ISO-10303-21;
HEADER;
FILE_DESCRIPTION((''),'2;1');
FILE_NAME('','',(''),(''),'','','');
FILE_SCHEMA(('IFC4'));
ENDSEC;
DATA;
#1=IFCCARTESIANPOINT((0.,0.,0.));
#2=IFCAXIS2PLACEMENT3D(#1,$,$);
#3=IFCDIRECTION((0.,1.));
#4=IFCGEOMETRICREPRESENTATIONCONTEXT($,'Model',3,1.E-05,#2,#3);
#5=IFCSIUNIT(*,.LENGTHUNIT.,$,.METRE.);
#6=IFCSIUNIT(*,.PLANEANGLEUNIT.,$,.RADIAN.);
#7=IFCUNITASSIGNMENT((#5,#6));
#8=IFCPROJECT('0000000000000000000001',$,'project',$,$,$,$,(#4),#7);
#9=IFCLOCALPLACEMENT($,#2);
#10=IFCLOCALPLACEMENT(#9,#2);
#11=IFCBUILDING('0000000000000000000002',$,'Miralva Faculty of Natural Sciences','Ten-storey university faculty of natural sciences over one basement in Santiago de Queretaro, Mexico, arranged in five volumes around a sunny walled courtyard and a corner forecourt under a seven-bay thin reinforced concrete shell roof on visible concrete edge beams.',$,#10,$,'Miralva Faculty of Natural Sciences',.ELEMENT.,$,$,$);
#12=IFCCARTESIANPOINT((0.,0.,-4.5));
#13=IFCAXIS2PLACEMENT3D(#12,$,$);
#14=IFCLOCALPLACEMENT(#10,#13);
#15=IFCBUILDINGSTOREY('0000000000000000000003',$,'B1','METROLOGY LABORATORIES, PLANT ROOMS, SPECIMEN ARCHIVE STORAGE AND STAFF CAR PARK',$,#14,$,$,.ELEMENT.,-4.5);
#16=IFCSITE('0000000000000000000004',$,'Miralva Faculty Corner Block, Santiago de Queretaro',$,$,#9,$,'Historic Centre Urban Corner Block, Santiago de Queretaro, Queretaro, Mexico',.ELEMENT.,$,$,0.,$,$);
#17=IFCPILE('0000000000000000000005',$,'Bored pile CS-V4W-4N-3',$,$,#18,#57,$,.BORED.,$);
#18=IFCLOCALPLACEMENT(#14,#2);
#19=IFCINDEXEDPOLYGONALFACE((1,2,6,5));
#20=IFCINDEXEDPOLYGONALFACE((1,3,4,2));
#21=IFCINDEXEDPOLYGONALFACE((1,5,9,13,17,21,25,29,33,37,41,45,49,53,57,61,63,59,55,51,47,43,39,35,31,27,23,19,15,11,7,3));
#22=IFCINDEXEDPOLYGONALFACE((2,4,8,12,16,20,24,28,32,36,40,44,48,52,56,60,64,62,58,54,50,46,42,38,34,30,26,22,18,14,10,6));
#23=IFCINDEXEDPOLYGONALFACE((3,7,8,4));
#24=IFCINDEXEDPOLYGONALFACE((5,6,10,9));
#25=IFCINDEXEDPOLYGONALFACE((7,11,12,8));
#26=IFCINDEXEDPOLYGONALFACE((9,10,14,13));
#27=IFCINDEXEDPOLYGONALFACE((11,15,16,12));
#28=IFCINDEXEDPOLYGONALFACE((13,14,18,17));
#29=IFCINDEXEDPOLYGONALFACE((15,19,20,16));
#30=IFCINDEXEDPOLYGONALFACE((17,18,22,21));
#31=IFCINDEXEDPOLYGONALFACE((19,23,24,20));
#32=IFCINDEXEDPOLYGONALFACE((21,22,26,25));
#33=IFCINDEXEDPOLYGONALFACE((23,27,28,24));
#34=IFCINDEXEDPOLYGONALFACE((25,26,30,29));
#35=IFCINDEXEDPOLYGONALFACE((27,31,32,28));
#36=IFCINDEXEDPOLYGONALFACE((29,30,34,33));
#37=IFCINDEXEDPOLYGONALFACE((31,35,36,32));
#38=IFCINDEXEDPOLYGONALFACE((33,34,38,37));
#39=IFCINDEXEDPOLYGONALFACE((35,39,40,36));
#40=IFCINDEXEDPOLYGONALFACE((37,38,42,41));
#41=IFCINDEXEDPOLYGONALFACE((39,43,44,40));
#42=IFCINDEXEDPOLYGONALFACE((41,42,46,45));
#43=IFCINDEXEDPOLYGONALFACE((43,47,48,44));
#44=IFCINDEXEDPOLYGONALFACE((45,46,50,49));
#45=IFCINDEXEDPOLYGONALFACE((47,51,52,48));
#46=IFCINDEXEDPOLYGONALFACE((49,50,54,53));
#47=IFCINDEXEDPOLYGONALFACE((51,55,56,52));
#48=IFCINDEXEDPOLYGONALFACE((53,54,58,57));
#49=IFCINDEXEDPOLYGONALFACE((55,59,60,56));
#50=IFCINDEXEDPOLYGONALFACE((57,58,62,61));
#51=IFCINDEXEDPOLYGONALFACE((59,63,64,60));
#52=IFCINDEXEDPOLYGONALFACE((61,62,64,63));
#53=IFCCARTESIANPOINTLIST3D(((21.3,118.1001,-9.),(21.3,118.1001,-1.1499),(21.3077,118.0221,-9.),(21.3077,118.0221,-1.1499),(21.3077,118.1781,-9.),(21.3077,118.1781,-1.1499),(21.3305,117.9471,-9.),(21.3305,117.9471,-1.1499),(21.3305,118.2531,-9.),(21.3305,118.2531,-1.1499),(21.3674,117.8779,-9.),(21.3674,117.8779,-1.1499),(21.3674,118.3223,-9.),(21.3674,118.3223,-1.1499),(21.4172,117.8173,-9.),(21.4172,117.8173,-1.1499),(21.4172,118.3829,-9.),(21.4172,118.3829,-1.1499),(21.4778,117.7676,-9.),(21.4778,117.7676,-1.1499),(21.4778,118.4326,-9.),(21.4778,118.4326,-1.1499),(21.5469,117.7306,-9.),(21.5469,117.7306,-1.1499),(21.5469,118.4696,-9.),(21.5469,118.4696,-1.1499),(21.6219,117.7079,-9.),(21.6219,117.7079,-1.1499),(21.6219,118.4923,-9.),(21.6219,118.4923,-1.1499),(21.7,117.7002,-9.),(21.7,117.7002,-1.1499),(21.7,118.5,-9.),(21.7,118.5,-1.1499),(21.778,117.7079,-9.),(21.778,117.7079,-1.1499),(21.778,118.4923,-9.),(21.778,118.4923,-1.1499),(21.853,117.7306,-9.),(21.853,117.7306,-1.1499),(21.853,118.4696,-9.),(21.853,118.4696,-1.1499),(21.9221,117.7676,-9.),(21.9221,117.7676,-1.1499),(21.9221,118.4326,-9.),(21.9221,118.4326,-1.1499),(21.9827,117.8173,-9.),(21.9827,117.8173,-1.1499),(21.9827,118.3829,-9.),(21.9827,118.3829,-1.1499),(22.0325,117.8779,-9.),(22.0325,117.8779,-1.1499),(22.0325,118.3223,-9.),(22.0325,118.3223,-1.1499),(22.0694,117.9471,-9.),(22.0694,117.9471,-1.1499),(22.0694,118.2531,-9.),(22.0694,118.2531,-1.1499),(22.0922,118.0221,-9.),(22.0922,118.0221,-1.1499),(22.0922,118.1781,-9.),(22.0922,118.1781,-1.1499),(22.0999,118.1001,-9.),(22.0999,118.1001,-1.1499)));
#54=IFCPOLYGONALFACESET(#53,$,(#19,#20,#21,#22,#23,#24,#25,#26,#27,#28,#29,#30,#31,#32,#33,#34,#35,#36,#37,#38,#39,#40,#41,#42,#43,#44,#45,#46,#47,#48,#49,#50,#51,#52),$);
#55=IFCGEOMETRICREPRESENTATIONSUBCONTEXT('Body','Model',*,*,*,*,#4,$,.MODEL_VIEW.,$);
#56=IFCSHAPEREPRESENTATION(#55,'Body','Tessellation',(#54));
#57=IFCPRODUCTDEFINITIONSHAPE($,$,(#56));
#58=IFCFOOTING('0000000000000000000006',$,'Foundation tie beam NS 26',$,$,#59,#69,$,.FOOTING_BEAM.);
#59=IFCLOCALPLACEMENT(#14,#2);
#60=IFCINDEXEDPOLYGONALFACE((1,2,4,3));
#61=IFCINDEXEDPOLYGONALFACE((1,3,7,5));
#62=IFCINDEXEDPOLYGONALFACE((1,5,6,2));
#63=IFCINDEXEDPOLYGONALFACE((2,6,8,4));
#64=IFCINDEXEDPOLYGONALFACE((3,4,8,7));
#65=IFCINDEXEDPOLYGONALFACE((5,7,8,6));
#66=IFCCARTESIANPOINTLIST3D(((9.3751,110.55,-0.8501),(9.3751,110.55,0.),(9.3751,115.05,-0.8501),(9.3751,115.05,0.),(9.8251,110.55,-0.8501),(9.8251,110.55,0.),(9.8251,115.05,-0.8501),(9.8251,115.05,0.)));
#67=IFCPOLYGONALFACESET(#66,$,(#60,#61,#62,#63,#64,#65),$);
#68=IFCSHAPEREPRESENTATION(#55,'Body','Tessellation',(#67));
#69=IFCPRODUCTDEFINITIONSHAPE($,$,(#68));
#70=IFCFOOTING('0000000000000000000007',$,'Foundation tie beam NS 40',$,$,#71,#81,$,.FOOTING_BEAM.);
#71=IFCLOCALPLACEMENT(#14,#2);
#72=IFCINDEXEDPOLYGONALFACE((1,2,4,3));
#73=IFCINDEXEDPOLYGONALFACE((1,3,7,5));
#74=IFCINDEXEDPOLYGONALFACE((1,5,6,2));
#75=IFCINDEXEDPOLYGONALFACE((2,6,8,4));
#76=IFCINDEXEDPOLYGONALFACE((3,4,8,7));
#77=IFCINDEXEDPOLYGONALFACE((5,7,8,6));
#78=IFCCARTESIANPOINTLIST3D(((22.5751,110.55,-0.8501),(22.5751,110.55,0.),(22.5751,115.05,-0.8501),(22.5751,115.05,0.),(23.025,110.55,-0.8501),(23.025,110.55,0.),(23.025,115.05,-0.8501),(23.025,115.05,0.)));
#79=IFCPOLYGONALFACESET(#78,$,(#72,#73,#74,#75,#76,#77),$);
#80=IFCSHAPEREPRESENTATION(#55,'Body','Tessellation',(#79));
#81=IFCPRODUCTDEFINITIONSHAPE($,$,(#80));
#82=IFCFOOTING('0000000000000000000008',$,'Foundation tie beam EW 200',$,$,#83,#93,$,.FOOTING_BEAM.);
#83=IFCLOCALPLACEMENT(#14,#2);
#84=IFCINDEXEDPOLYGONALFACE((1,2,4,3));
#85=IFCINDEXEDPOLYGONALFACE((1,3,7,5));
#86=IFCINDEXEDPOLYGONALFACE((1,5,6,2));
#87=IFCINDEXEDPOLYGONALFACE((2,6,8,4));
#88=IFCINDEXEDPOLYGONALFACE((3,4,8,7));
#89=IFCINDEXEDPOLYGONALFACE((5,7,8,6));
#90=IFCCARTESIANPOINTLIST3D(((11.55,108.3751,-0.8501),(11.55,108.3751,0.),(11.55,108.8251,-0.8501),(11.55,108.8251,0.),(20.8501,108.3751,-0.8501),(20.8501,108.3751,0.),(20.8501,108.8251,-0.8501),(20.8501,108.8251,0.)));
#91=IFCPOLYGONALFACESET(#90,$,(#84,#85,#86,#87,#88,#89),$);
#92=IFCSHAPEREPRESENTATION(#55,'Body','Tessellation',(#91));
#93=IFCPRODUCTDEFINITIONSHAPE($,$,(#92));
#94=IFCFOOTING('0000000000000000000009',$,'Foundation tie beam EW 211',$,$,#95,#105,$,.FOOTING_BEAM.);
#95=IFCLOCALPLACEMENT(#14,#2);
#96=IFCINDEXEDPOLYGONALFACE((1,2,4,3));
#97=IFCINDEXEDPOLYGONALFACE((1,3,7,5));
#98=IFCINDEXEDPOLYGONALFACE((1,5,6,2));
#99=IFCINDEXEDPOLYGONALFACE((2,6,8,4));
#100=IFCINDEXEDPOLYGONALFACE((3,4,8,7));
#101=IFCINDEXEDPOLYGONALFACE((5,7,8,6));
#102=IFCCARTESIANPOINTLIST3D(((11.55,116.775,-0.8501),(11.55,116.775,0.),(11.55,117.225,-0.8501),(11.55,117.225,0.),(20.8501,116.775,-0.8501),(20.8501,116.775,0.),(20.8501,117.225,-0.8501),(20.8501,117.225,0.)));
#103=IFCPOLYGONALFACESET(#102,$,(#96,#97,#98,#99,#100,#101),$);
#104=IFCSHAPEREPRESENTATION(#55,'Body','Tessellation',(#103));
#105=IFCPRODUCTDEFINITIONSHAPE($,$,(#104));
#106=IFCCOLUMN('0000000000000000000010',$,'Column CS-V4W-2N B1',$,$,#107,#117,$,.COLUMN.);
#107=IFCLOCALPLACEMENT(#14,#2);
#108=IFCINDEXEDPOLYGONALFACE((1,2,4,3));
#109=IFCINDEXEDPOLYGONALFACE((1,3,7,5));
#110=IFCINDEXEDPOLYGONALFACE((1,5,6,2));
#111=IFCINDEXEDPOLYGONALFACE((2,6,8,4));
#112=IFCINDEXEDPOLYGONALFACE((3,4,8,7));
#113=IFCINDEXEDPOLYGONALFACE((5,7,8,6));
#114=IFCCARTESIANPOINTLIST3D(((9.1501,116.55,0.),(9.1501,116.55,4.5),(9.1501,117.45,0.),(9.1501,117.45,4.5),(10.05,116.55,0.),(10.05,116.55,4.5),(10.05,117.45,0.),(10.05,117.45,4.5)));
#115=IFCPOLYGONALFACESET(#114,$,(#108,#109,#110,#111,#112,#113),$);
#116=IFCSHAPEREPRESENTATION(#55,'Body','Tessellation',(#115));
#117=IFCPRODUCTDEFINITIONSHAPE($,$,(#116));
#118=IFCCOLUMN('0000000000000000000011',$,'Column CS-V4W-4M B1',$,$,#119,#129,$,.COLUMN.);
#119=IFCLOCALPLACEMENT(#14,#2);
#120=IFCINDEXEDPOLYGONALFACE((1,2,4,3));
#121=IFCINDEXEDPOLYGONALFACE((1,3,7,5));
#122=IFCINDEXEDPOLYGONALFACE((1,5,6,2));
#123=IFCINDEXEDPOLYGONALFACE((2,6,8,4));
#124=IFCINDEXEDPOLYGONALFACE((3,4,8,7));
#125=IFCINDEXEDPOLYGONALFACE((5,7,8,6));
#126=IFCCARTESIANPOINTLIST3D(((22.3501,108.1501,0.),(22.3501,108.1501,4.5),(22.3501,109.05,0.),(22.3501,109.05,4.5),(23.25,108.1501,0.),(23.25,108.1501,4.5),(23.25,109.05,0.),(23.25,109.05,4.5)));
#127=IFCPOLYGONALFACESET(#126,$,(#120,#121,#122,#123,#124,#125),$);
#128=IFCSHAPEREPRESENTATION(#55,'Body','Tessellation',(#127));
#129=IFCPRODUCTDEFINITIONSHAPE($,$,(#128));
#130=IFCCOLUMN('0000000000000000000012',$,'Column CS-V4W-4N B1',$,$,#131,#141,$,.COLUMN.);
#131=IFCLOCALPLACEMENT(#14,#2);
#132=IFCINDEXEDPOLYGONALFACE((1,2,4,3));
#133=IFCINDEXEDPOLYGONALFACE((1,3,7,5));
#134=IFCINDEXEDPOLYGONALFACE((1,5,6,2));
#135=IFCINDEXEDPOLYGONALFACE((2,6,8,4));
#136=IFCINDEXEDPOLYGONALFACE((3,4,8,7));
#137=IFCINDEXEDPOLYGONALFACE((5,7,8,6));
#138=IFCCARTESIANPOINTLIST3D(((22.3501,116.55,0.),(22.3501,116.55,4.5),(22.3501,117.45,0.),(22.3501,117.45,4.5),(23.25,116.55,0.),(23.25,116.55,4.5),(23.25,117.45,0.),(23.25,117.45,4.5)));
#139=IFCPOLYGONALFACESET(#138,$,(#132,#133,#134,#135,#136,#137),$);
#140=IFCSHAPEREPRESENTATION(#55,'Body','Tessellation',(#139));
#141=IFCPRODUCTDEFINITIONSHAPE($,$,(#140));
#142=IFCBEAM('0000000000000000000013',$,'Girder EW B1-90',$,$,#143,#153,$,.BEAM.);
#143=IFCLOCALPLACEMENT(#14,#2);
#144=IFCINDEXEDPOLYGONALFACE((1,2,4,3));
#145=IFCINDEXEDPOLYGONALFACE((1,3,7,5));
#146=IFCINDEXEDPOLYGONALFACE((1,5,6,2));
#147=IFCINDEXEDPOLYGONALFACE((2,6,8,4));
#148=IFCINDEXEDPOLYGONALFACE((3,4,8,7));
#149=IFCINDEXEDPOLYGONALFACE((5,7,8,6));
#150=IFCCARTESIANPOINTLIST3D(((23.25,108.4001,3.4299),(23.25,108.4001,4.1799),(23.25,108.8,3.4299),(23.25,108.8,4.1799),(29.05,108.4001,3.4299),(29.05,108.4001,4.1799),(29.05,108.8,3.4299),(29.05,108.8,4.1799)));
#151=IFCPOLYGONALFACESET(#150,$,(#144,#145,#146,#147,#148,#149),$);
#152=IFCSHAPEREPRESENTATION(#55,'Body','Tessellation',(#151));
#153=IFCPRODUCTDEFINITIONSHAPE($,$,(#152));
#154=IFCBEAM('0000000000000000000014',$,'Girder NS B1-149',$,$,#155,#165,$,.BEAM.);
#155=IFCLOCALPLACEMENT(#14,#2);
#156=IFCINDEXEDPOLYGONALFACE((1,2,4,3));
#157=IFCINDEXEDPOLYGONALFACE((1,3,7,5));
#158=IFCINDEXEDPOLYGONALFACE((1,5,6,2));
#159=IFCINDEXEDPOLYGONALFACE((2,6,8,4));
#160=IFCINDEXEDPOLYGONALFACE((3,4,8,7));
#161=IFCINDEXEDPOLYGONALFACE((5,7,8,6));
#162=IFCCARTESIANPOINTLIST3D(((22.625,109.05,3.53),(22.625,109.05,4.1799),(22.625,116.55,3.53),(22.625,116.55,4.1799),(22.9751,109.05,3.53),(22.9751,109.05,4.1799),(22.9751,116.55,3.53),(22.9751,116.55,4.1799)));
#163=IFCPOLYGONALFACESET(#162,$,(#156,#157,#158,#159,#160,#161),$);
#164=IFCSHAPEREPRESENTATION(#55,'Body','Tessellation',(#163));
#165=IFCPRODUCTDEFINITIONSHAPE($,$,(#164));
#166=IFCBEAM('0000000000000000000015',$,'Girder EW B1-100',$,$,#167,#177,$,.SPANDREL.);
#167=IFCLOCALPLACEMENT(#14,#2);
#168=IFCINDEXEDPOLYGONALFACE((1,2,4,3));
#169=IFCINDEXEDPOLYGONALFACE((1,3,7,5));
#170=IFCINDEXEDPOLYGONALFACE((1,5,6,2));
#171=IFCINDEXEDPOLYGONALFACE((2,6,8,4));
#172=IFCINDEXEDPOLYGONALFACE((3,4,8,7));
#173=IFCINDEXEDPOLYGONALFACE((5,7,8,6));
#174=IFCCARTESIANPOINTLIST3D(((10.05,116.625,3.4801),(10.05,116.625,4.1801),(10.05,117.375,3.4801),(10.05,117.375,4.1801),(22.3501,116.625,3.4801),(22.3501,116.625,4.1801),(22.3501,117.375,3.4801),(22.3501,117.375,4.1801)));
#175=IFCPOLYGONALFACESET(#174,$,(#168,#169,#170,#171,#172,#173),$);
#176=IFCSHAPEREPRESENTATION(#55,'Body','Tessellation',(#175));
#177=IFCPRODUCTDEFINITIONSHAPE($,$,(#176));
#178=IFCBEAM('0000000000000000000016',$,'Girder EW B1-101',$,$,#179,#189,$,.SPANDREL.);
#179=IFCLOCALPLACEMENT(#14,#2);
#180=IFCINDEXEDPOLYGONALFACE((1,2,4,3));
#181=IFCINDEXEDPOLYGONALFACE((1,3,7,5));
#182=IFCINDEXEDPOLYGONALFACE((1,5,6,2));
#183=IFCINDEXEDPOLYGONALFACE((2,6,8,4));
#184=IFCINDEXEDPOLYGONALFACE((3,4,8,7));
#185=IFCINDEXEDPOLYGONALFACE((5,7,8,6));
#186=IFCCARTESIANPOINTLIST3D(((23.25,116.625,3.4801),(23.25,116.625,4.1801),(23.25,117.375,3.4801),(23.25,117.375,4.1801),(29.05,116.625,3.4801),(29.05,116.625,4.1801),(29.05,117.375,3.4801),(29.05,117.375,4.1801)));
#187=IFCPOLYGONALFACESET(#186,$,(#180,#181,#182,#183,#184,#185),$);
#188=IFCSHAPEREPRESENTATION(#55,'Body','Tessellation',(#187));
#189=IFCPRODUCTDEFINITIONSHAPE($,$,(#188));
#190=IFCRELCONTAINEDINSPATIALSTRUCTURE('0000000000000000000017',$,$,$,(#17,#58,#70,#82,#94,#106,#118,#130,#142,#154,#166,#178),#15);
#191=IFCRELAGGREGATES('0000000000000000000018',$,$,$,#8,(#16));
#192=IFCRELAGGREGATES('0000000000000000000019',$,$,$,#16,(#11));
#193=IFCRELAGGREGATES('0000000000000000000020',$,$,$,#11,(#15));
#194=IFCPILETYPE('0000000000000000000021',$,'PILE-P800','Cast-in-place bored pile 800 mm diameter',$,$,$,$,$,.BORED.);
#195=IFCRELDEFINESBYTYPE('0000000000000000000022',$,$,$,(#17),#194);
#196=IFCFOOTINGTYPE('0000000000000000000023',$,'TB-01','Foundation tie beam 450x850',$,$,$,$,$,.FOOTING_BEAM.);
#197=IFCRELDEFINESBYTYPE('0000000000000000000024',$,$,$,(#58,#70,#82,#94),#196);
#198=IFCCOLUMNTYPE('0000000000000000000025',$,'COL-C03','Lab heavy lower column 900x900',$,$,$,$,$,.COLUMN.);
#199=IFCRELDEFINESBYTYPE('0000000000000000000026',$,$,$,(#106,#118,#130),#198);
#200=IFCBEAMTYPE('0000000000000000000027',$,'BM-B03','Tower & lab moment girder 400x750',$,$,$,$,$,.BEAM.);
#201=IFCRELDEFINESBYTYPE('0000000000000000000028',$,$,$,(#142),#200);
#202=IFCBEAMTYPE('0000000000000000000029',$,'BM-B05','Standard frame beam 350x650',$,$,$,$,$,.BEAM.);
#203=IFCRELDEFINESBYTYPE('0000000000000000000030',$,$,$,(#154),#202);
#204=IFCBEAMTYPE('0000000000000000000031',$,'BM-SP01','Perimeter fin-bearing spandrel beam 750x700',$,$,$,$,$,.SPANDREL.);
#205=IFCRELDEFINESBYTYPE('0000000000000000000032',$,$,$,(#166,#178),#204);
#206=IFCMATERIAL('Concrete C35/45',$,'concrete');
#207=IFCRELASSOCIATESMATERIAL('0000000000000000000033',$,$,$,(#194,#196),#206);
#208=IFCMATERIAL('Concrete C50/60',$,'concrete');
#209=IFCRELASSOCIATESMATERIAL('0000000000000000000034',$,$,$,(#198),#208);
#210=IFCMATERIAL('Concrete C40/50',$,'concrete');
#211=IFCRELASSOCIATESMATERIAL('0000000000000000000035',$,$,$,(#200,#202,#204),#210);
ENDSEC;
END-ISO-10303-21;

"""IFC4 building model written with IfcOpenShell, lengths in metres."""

from ifc_helpers import new_model, si_unit, direction, frame, origin, origin_2d, place, context, subcontext, project, spatial, rectangle, circle, extrude, material, material_profile, profile_set, type_object, element, save


model = new_model("IFC4")

# Units and contexts
model_context = context("Model", 3, precision=1e-05, world=origin(), true_north=direction((0.0, 1.0)))
body_context = subcontext(model_context, "Body", "Model", "MODEL_VIEW")
ifc_project = project(units=[si_unit("LENGTHUNIT", "METRE"), si_unit("PLANEANGLEUNIT", "RADIAN")], contexts=[model_context])

# Site, building, storey
site_placement = place(None, origin())
site = spatial("IfcSite", under=ifc_project, at=site_placement, Name="Miralva Faculty Corner Block, Santiago de Queretaro", LongName="Historic Centre Urban Corner Block, Santiago de Queretaro, Queretaro, Mexico", CompositionType="ELEMENT", RefElevation=0.0)
building_placement = place(site_placement, origin())
building = spatial("IfcBuilding", under=site, at=building_placement, Name="Miralva Faculty of Natural Sciences", Description="Ten-storey university faculty of natural sciences over one basement in Santiago de Queretaro, Mexico, arranged in five volumes around a sunny walled courtyard and a corner forecourt under a seven-bay thin reinforced concrete shell roof on visible concrete edge beams.", LongName="Miralva Faculty of Natural Sciences", CompositionType="ELEMENT")
storey_placement = place(building_placement, frame((0.0, 0.0, -4.5)))
storey = spatial("IfcBuildingStorey", under=building, at=storey_placement, Name="B1", Description="METROLOGY LABORATORIES, PLANT ROOMS, SPECIMEN ARCHIVE STORAGE AND STAFF CAR PARK", CompositionType="ELEMENT", Elevation=-4.5)

# Shared definitions
ifc_material_1 = material(Name="Concrete C35/45", Category="concrete")

# Pile
ifc_material_profile_1 = material_profile(ifc_material_1, circle(Radius=0.3999, at=origin_2d()), Name="BORED PILE 800")
ifc_profile_set_1 = profile_set([ifc_material_profile_1], Name="Concrete C35/45")
pile_type = type_object("IfcPileType", Name="PILE-P800", Description="Cast-in-place bored pile 800 mm diameter", PredefinedType="BORED", material=ifc_profile_set_1)
for number, where, z_axis, x_axis, name in (
    (1, (21.7, 118.1001, -1.1499), (0.0, 0.0, -1.0), (1.0, 0.0, 0.0), "Bored pile CS-V4W-4N-3"),
):
    element("IfcPile", number, at=place(storey_placement, frame(where, z_axis=z_axis, x_axis=x_axis)), inside=storey, type_object=pile_type, Name=name, PredefinedType="BORED", context=body_context, shape_type="SweptSolid", body=[
        extrude(circle(Radius=0.3999, at=origin_2d()), origin(), (0.0, 0.0, 1.0), 7.8501),
    ])

# Footings
ifc_material_profile_2 = material_profile(ifc_material_1, rectangle(XDim=0.45, YDim=0.8501, at=origin_2d()), Name="RC 450x850")
ifc_profile_set_2 = profile_set([ifc_material_profile_2], Name="Concrete C35/45")
footing_type_1 = type_object("IfcFootingType", Name="TB-01", Description="Foundation tie beam 450x850", PredefinedType="FOOTING_BEAM", material=ifc_profile_set_2)
for number, where, z_axis, x_axis, name in (
    (2, (9.6001, 110.55, -0.425), (0.0, 1.0, 0.0), (-1.0, 0.0, 0.0), "Foundation tie beam NS 26"),
    (3, (22.8, 110.55, -0.425), (0.0, 1.0, 0.0), (-1.0, 0.0, 0.0), "Foundation tie beam NS 40"),
):
    element("IfcFooting", number, at=place(storey_placement, frame(where, z_axis=z_axis, x_axis=x_axis)), inside=storey, type_object=footing_type_1, Name=name, PredefinedType="FOOTING_BEAM", context=body_context, shape_type="SweptSolid", body=[
        extrude(rectangle(XDim=0.45, YDim=0.8501, at=origin_2d()), origin(), (0.0, 0.0, 1.0), 4.5),
    ])
for number, where, z_axis, x_axis, name in (
    (4, (11.55, 108.6001, -0.425), (1.0, 0.0, 0.0), (0.0, 1.0, 0.0), "Foundation tie beam EW 200"),
    (5, (11.55, 117.0, -0.425), (1.0, 0.0, 0.0), (0.0, 1.0, 0.0), "Foundation tie beam EW 211"),
):
    element("IfcFooting", number, at=place(storey_placement, frame(where, z_axis=z_axis, x_axis=x_axis)), inside=storey, type_object=footing_type_1, Name=name, PredefinedType="FOOTING_BEAM", context=body_context, shape_type="SweptSolid", body=[
        extrude(rectangle(XDim=0.45, YDim=0.8501, at=origin_2d()), origin(), (0.0, 0.0, 1.0), 9.3),
    ])

# Columns
ifc_material_2 = material(Name="Concrete C50/60", Category="concrete")
ifc_material_profile_3 = material_profile(ifc_material_2, rectangle(XDim=0.8999, YDim=0.8999, at=origin_2d()), Name="RC 900x900")
ifc_profile_set_3 = profile_set([ifc_material_profile_3], Name="Concrete C50/60")
column_type = type_object("IfcColumnType", Name="COL-C03", Description="Lab heavy lower column 900x900", PredefinedType="COLUMN", material=ifc_profile_set_3)
for number, where, z_axis, x_axis, name in (
    (6, (9.6001, 117.0, 0.0), (0.0, 0.0, 1.0), (1.0, 0.0, 0.0), "Column CS-V4W-2N B1"),
    (7, (22.8, 108.6001, 0.0), (0.0, 0.0, 1.0), (1.0, 0.0, 0.0), "Column CS-V4W-4M B1"),
    (8, (22.8, 117.0, 0.0), (0.0, 0.0, 1.0), (1.0, 0.0, 0.0), "Column CS-V4W-4N B1"),
):
    element("IfcColumn", number, at=place(storey_placement, frame(where, z_axis=z_axis, x_axis=x_axis)), inside=storey, type_object=column_type, Name=name, PredefinedType="COLUMN", context=body_context, shape_type="SweptSolid", body=[
        extrude(rectangle(XDim=0.8999, YDim=0.8999, at=origin_2d()), origin(), (0.0, 0.0, 1.0), 4.5),
    ])

# Beams
ifc_material_3 = material(Name="Concrete C40/50", Category="concrete")
ifc_material_profile_4 = material_profile(ifc_material_3, rectangle(XDim=0.3999, YDim=0.75, at=origin_2d()), Name="RC 400x750")
ifc_profile_set_4 = profile_set([ifc_material_profile_4], Name="Concrete C40/50")
beam_type_1 = type_object("IfcBeamType", Name="BM-B03", Description="Tower & lab moment girder 400x750", PredefinedType="BEAM", material=ifc_profile_set_4)
beam_1_placement = place(storey_placement, frame((23.25, 108.6001, 3.8049), z_axis=(1.0, 0.0, 0.0), x_axis=(0.0, 1.0, 0.0)))
element("IfcBeam", 9, at=beam_1_placement, inside=storey, type_object=beam_type_1, Name="Girder EW B1-90", PredefinedType="BEAM", context=body_context, shape_type="SweptSolid", body=[
    extrude(rectangle(XDim=0.3999, YDim=0.75, at=origin_2d()), origin(), (0.0, 0.0, 1.0), 5.8),
])
ifc_material_profile_5 = material_profile(ifc_material_3, rectangle(XDim=0.3501, YDim=0.6499, at=origin_2d()), Name="RC 350x650")
ifc_profile_set_5 = profile_set([ifc_material_profile_5], Name="Concrete C40/50")
beam_type_2 = type_object("IfcBeamType", Name="BM-B05", Description="Standard frame beam 350x650", PredefinedType="BEAM", material=ifc_profile_set_5)
beam_2_placement = place(storey_placement, frame((22.8, 109.05, 3.855), z_axis=(0.0, 1.0, 0.0), x_axis=(-1.0, 0.0, 0.0)))
element("IfcBeam", 10, at=beam_2_placement, inside=storey, type_object=beam_type_2, Name="Girder NS B1-149", PredefinedType="BEAM", context=body_context, shape_type="SweptSolid", body=[
    extrude(rectangle(XDim=0.3501, YDim=0.6499, at=origin_2d()), origin(), (0.0, 0.0, 1.0), 7.5),
])
ifc_material_profile_6 = material_profile(ifc_material_3, rectangle(XDim=0.75, YDim=0.7, at=origin_2d()), Name="RC 750x700")
ifc_profile_set_6 = profile_set([ifc_material_profile_6], Name="Concrete C40/50")
beam_type_3 = type_object("IfcBeamType", Name="BM-SP01", Description="Perimeter fin-bearing spandrel beam 750x700", PredefinedType="SPANDREL", material=ifc_profile_set_6)
beam_3_placement = place(storey_placement, frame((10.05, 117.0, 3.8301), z_axis=(1.0, 0.0, 0.0), x_axis=(0.0, 1.0, 0.0)))
element("IfcBeam", 11, at=beam_3_placement, inside=storey, type_object=beam_type_3, Name="Girder EW B1-100", PredefinedType="SPANDREL", context=body_context, shape_type="SweptSolid", body=[
    extrude(rectangle(XDim=0.75, YDim=0.7, at=origin_2d()), origin(), (0.0, 0.0, 1.0), 12.3),
])
beam_4_placement = place(storey_placement, frame((23.25, 117.0, 3.8301), z_axis=(1.0, 0.0, 0.0), x_axis=(0.0, 1.0, 0.0)))
element("IfcBeam", 12, at=beam_4_placement, inside=storey, type_object=beam_type_3, Name="Girder EW B1-101", PredefinedType="SPANDREL", context=body_context, shape_type="SweptSolid", body=[
    extrude(rectangle(XDim=0.75, YDim=0.7, at=origin_2d()), origin(), (0.0, 0.0, 1.0), 5.8),
])

save(model, "model.ifc")
